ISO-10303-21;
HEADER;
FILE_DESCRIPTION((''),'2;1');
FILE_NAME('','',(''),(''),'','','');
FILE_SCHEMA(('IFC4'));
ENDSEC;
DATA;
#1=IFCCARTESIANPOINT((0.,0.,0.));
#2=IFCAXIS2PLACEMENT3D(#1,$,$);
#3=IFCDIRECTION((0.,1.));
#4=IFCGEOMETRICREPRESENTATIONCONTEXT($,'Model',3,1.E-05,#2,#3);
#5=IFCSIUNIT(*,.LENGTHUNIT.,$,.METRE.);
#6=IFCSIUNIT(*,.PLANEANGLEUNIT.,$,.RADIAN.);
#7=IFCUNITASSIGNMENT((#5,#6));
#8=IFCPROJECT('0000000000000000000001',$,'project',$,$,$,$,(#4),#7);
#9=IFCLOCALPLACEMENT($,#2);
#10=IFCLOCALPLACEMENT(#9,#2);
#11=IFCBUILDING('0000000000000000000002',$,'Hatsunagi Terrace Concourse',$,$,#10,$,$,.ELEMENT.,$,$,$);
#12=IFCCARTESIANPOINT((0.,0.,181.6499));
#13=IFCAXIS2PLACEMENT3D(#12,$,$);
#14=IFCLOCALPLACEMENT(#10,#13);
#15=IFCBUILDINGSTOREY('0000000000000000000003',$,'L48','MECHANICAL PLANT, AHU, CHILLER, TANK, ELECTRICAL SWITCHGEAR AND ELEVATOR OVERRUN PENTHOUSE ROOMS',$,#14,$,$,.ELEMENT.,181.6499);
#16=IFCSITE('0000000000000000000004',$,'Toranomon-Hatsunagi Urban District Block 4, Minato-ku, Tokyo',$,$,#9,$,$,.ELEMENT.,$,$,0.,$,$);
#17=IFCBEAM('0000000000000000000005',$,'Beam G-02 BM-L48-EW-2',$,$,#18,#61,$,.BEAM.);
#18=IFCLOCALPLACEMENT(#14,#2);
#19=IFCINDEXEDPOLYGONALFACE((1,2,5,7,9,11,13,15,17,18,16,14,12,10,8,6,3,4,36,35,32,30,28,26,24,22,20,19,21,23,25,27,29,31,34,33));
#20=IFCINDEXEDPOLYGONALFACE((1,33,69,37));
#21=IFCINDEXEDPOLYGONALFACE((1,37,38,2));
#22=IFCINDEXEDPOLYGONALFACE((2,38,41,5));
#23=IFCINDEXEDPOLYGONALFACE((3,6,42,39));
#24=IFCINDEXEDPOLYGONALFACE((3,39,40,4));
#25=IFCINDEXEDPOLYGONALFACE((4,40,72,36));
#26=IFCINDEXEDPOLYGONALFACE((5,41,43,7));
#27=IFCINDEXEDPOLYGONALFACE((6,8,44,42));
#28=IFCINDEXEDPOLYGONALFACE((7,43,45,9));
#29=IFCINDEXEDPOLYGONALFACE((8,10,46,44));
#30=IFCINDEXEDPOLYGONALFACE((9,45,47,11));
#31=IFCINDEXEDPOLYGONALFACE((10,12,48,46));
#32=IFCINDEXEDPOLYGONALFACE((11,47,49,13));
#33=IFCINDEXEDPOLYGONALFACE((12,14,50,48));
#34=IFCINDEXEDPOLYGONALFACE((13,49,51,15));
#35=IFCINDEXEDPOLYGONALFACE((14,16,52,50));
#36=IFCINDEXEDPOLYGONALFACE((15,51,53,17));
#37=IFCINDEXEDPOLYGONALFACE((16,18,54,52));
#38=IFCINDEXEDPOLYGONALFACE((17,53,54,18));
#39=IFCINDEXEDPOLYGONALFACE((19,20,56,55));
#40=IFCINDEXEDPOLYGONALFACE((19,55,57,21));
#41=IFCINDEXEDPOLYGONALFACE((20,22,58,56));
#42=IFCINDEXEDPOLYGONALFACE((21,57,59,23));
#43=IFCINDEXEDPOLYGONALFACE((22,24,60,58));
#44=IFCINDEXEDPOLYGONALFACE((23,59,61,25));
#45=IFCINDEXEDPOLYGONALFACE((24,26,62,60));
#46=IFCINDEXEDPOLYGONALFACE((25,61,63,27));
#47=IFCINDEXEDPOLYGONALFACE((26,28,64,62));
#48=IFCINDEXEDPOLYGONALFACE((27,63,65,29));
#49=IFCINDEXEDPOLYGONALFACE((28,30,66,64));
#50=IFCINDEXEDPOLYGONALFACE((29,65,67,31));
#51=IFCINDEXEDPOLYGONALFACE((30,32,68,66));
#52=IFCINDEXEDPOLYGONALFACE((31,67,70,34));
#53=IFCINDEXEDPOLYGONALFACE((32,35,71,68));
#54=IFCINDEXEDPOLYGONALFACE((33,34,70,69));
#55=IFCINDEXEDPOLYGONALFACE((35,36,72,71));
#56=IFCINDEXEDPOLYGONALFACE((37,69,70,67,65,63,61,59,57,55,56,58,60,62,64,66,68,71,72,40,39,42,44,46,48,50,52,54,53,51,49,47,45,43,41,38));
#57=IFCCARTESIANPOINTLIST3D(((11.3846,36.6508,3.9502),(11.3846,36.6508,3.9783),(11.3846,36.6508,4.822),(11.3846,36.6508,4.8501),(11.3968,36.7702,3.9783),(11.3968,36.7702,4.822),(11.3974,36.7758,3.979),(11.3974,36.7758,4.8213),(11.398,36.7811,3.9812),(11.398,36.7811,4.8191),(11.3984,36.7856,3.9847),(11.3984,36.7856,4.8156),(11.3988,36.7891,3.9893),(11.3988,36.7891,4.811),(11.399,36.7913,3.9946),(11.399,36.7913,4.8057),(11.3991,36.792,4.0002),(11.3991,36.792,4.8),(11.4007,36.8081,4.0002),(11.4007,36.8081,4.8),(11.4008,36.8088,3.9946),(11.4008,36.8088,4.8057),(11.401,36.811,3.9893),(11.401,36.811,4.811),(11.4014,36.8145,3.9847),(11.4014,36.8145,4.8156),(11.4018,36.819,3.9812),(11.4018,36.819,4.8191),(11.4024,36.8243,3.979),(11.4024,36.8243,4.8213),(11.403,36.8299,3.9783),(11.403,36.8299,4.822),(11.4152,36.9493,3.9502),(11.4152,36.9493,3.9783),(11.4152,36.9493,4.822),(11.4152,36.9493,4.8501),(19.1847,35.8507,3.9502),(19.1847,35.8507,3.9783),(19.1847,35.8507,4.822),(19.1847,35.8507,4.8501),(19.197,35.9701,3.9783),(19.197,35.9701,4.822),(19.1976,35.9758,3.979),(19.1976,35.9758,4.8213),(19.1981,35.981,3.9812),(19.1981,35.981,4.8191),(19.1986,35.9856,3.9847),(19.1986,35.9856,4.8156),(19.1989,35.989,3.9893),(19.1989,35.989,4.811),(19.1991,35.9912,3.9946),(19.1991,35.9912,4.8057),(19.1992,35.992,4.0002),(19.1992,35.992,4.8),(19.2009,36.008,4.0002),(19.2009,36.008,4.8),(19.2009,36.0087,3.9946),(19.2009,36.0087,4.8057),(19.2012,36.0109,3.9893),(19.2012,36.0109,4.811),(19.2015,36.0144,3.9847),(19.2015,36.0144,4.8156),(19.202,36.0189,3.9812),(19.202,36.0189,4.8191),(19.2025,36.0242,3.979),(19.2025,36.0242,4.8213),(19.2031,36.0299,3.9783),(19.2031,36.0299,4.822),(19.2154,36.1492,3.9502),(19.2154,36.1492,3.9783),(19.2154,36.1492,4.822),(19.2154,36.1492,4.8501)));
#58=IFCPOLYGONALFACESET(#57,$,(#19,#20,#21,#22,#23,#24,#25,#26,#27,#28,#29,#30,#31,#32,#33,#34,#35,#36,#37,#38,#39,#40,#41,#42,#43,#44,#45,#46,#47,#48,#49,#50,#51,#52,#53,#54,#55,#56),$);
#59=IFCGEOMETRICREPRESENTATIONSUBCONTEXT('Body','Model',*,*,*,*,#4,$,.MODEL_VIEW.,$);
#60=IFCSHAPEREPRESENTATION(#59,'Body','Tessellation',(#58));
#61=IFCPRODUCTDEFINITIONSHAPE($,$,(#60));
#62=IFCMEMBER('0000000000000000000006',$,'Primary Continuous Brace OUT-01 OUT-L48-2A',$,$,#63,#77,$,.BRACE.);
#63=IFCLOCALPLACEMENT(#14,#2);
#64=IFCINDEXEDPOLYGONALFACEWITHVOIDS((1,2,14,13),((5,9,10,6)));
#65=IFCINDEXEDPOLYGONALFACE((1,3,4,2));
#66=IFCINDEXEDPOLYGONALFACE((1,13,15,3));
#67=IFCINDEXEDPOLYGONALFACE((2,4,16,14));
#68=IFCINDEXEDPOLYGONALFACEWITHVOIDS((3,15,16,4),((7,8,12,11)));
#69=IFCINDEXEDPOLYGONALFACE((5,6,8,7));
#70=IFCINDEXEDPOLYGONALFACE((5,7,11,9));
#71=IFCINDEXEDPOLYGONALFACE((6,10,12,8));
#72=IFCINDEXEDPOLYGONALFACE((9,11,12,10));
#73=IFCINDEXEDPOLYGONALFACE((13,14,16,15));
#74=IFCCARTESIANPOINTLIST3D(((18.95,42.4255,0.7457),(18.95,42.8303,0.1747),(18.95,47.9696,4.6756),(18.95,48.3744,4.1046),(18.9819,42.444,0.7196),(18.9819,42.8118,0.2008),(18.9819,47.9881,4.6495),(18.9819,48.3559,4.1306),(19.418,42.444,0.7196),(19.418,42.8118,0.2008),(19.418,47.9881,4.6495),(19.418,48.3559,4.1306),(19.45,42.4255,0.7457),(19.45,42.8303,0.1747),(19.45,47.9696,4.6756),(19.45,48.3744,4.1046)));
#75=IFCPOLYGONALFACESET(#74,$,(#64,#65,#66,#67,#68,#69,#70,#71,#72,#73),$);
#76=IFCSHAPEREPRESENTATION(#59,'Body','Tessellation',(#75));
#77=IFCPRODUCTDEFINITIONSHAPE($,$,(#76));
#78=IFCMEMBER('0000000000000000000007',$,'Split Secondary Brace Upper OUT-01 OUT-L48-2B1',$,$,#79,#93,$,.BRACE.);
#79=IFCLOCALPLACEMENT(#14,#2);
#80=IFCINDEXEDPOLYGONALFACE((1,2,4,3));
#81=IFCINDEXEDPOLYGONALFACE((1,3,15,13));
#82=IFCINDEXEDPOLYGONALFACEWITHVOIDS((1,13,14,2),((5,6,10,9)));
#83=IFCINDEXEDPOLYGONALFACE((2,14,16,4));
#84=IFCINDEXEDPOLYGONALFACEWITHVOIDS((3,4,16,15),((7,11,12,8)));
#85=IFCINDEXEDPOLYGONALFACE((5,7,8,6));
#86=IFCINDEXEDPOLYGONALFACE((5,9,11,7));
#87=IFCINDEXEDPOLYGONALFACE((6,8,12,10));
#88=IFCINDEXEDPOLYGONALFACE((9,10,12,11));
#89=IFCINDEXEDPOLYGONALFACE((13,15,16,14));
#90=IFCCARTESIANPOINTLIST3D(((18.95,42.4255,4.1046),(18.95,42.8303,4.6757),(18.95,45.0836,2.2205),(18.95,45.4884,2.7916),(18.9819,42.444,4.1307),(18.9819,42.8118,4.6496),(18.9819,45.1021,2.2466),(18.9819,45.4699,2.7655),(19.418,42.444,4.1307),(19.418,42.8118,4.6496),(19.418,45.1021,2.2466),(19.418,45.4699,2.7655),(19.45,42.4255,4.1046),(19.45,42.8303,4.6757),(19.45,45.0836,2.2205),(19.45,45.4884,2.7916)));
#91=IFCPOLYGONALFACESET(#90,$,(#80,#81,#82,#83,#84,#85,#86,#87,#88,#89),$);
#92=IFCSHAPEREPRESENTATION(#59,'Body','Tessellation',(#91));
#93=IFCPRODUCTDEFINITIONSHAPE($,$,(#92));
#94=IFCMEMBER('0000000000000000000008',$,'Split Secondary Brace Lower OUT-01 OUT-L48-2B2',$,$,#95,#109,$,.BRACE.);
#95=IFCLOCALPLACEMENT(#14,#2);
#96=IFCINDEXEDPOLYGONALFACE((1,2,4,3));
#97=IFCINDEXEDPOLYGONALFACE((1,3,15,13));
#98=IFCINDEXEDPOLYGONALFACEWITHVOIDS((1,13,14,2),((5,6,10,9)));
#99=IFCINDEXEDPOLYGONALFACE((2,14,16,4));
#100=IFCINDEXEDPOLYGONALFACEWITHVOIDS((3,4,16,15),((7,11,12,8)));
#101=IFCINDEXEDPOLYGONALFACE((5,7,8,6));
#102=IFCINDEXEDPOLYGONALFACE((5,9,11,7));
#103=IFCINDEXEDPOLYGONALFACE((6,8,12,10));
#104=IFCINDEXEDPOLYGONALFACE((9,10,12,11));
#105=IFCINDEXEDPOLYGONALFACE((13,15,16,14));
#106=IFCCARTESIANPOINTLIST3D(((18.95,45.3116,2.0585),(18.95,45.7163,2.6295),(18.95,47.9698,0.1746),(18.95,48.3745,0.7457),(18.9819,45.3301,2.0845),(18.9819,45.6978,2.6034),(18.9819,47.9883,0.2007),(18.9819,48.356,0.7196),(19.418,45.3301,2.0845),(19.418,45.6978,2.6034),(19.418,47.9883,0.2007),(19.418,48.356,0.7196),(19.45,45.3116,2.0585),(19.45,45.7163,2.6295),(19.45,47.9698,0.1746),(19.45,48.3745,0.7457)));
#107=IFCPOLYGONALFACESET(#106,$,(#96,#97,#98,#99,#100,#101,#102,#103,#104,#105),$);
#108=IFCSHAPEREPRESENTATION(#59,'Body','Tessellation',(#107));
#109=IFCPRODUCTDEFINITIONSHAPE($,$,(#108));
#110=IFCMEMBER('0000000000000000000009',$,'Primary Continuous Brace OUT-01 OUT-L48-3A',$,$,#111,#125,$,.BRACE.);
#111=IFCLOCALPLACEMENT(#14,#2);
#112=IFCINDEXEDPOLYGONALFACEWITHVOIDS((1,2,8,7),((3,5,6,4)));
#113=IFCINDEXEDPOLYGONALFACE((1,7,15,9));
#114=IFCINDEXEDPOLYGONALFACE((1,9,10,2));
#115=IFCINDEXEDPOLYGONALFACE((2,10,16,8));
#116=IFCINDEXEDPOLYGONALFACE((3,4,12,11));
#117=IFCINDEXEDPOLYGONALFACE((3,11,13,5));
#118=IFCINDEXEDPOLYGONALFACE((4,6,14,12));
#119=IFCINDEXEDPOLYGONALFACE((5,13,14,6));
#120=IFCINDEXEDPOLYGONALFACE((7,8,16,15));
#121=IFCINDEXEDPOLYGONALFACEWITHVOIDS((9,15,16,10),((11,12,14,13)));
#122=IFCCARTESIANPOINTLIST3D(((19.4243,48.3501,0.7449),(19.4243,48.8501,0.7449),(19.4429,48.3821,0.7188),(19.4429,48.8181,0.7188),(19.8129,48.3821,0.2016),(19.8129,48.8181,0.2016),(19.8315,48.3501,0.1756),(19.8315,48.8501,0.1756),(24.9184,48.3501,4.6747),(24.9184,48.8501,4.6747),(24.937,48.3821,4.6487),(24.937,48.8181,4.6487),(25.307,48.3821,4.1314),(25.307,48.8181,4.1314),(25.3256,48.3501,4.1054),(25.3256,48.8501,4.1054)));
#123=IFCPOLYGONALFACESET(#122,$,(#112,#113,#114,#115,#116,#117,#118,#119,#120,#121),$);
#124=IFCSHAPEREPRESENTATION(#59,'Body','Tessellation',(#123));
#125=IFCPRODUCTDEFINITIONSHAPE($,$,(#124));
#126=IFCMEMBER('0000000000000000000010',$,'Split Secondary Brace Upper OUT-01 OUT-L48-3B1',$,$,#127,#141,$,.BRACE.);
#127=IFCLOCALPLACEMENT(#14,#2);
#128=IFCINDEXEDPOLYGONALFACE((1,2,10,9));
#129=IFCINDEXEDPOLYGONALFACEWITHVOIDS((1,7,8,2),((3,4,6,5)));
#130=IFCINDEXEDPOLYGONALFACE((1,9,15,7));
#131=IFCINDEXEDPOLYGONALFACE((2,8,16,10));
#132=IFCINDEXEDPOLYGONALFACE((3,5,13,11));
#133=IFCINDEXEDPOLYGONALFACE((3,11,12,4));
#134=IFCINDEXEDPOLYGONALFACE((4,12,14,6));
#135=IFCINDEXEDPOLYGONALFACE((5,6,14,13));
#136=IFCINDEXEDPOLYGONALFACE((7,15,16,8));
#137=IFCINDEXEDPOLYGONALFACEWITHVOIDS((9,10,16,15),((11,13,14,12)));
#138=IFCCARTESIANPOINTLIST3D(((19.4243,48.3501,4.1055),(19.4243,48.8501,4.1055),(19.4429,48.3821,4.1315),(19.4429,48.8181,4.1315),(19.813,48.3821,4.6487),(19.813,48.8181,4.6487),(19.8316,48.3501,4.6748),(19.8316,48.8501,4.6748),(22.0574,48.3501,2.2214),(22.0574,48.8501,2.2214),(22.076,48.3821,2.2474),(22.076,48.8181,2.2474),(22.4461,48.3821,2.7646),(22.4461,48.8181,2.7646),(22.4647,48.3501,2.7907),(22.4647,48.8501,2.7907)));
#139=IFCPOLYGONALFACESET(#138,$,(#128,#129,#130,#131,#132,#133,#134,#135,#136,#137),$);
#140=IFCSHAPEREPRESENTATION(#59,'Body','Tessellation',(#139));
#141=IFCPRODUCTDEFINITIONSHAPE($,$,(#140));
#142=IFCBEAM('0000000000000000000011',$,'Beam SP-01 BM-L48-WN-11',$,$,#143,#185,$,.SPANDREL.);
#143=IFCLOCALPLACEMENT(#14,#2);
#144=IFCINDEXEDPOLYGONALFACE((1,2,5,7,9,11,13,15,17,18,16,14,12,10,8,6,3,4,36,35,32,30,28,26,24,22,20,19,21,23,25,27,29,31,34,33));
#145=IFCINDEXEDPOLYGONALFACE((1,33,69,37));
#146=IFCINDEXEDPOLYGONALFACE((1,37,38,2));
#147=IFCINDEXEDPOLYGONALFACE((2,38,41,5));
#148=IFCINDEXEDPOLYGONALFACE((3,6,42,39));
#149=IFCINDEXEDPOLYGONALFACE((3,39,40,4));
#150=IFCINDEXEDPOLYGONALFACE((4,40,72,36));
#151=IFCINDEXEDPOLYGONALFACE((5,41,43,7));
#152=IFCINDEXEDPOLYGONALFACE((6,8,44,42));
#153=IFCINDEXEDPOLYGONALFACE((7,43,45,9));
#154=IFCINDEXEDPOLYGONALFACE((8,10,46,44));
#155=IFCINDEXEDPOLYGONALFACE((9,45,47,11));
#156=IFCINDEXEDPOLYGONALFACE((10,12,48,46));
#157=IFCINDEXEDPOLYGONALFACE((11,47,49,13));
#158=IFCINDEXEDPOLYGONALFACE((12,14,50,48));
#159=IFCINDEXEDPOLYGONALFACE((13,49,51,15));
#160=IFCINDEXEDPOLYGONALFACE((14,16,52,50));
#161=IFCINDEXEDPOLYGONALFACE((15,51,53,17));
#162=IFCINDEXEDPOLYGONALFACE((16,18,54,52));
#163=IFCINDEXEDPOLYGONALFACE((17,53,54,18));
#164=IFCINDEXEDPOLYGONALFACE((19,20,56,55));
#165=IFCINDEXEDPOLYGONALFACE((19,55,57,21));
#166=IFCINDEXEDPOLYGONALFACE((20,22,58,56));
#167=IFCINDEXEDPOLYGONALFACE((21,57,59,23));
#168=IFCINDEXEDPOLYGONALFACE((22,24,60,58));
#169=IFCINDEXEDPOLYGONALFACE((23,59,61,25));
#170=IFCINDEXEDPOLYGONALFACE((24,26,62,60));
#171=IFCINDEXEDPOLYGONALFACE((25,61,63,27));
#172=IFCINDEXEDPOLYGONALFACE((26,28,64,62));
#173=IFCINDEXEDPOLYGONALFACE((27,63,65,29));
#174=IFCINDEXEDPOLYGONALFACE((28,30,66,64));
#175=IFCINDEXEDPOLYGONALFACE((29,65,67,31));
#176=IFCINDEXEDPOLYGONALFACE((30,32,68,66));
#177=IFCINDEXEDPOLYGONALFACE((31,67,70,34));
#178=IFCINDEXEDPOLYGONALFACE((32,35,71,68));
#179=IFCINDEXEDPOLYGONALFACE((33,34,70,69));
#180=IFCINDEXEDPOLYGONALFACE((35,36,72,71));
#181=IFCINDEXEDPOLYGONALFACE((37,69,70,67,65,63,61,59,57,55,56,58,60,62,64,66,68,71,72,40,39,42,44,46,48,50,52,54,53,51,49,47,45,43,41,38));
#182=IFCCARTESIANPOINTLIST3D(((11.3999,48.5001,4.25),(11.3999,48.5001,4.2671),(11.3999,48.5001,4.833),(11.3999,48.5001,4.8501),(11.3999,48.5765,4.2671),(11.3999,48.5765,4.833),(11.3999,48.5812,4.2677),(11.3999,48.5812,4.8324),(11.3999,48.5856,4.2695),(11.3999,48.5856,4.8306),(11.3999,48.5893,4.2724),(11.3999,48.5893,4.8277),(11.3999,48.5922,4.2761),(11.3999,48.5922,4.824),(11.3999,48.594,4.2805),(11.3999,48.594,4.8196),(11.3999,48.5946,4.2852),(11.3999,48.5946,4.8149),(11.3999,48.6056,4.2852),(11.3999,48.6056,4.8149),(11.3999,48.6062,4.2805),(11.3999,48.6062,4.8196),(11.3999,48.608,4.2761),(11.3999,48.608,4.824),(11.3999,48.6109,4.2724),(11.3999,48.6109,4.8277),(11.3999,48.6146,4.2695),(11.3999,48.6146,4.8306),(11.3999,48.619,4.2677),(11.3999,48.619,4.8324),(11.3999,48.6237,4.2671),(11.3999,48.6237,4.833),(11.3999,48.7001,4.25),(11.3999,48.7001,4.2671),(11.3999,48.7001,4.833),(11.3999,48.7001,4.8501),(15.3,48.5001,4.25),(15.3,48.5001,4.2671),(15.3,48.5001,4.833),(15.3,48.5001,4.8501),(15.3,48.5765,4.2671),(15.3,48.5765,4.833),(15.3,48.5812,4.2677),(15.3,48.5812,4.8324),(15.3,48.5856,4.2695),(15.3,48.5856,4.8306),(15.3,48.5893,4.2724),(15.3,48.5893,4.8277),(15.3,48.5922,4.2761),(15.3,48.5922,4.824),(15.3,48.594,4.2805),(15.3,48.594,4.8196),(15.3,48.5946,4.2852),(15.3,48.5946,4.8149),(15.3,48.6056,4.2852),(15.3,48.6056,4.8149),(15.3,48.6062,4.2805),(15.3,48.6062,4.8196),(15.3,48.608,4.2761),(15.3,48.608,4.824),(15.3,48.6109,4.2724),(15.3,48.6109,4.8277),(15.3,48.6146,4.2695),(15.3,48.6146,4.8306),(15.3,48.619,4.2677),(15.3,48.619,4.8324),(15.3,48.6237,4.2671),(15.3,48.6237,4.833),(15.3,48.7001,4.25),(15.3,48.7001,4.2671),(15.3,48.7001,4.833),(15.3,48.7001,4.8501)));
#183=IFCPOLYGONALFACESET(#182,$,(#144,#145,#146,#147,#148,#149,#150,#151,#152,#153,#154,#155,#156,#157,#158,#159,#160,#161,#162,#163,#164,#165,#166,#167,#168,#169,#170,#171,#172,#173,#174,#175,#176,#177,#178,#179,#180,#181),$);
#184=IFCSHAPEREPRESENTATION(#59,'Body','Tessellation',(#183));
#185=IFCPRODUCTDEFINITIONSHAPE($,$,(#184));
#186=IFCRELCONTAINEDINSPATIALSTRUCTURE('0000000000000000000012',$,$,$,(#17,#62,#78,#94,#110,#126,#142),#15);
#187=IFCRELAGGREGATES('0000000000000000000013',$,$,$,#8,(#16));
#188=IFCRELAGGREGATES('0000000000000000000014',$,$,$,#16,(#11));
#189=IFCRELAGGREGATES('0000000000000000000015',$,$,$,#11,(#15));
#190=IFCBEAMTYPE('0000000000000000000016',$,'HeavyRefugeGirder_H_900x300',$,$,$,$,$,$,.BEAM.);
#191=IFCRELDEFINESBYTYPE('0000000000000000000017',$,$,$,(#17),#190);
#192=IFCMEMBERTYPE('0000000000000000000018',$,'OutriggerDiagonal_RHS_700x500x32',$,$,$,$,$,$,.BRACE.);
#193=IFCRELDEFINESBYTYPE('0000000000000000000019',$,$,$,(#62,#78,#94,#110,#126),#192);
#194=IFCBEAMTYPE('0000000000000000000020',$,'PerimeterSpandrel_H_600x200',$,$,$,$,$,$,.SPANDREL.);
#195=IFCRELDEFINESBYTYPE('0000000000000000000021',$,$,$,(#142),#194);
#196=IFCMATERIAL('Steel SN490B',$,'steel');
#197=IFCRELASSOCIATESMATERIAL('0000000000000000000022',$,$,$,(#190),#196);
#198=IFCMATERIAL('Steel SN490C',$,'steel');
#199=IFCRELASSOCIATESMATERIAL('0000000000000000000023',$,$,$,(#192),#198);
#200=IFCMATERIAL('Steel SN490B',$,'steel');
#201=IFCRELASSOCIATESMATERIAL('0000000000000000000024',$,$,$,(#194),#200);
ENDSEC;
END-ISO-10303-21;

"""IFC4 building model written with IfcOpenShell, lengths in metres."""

from ifc_helpers import new_model, si_unit, direction, frame, origin, origin_2d, place, context, subcontext, project, spatial, hollow_rectangle, i_section, extrude, material, material_profile, profile_set, type_object, element, save


model = new_model("IFC4")

# Units and contexts
model_context = context("Model", 3, precision=1e-05, world=origin(), true_north=direction((0.0, 1.0)))
body_context = subcontext(model_context, "Body", "Model", "MODEL_VIEW")
ifc_project = project(units=[si_unit("LENGTHUNIT", "METRE"), si_unit("PLANEANGLEUNIT", "RADIAN")], contexts=[model_context])

# Site, building, storey
site_placement = place(None, origin())
site = spatial("IfcSite", under=ifc_project, at=site_placement, Name="Toranomon-Hatsunagi Urban District Block 4, Minato-ku, Tokyo", CompositionType="ELEMENT", RefElevation=0.0)
building_placement = place(site_placement, origin())
building = spatial("IfcBuilding", under=site, at=building_placement, Name="Hatsunagi Terrace Concourse", CompositionType="ELEMENT")
storey_placement = place(building_placement, frame((0.0, 0.0, 181.6499)))
storey = spatial("IfcBuildingStorey", under=building, at=storey_placement, Name="L48", Description="MECHANICAL PLANT, AHU, CHILLER, TANK, ELECTRICAL SWITCHGEAR AND ELEVATOR OVERRUN PENTHOUSE ROOMS", CompositionType="ELEMENT", Elevation=181.6499)

# Beam
ifc_material_1 = material(Name="Steel SN490B", Category="steel")
ifc_material_profile_1 = material_profile(ifc_material_1, i_section(OverallWidth=0.3, OverallDepth=0.8999, WebThickness=0.0161, FlangeThickness=0.0281, FilletRadius=0.022, at=origin_2d()), Name="H-900x300x16x28")
ifc_profile_set_1 = profile_set([ifc_material_profile_1], Name="Steel SN490B")
beam_type_1 = type_object("IfcBeamType", Name="HeavyRefugeGirder_H_900x300", PredefinedType="BEAM", material=ifc_profile_set_1)
beam_1_placement = place(storey_placement, frame((11.3999, 36.8, 4.4001), z_axis=(0.994781, -0.102034, 0.0), x_axis=(0.102034, 0.994781, 0.0)))
element("IfcBeam", 1, at=beam_1_placement, inside=storey, type_object=beam_type_1, Name="Beam G-02 BM-L48-EW-2", PredefinedType="BEAM", context=body_context, shape_type="SweptSolid", body=[
    extrude(i_section(OverallWidth=0.3, OverallDepth=0.8999, WebThickness=0.0161, FlangeThickness=0.0281, FilletRadius=0.022, at=origin_2d()), origin(), (0.0, 0.0, 1.0), 7.8411),
])

# Members
ifc_material_2 = material(Name="Steel SN490C", Category="steel")
ifc_material_profile_2 = material_profile(ifc_material_2, hollow_rectangle(XDim=0.5, YDim=0.7, WallThickness=0.032, at=origin_2d()), Name="RHS-700x500x32")
ifc_profile_set_2 = profile_set([ifc_material_profile_2], Name="Steel SN490C")
member_type_1 = type_object("IfcMemberType", Name="OutriggerDiagonal_RHS_700x500x32", PredefinedType="BRACE", material=ifc_profile_set_2)
member_1_placement = place(storey_placement, frame((19.2, 42.6279, 0.4602), z_axis=(0.0, 0.81583, 0.578291), x_axis=(-1.0, 0.0, 0.0)))
element("IfcMember", 2, at=member_1_placement, inside=storey, type_object=member_type_1, Name="Primary Continuous Brace OUT-01 OUT-L48-2A", PredefinedType="BRACE", context=body_context, shape_type="SweptSolid", body=[
    extrude(hollow_rectangle(XDim=0.5, YDim=0.7, WallThickness=0.032, at=origin_2d()), origin(), (0.0, 0.0, 1.0), 6.7957),
])
for number, where, z_axis, x_axis, name in (
    (3, (19.2, 42.6279, 4.3901), (0.0, 0.815834, -0.578286), (-1.0, 0.0, 0.0), "Split Secondary Brace Upper OUT-01 OUT-L48-2B1"),
    (4, (19.2, 45.5139, 2.344), (0.0, 0.815895, -0.5782), (-1.0, 0.0, 0.0), "Split Secondary Brace Lower OUT-01 OUT-L48-2B2"),
):
    element("IfcMember", number, at=place(storey_placement, frame(where, z_axis=z_axis, x_axis=x_axis)), inside=storey, type_object=member_type_1, Name=name, PredefinedType="BRACE", context=body_context, shape_type="SweptSolid", body=[
        extrude(hollow_rectangle(XDim=0.5, YDim=0.7, WallThickness=0.032, at=origin_2d()), origin(), (0.0, 0.0, 1.0), 3.2581),
    ])
member_2_placement = place(storey_placement, frame((19.6279, 48.6001, 0.4602), z_axis=(0.813345, 0.0, 0.581782), x_axis=(0.0, 1.0, 0.0)))
element("IfcMember", 5, at=member_2_placement, inside=storey, type_object=member_type_1, Name="Primary Continuous Brace OUT-01 OUT-L48-3A", PredefinedType="BRACE", context=body_context, shape_type="SweptSolid", body=[
    extrude(hollow_rectangle(XDim=0.5, YDim=0.7, WallThickness=0.032, at=origin_2d()), origin(), (0.0, 0.0, 1.0), 6.7549),
])
member_3_placement = place(storey_placement, frame((19.6279, 48.6001, 4.3901), z_axis=(0.813254, 0.0, -0.581908), x_axis=(0.0, 1.0, 0.0)))
element("IfcMember", 6, at=member_3_placement, inside=storey, type_object=member_type_1, Name="Split Secondary Brace Upper OUT-01 OUT-L48-3B1", PredefinedType="BRACE", context=body_context, shape_type="SweptSolid", body=[
    extrude(hollow_rectangle(XDim=0.5, YDim=0.7, WallThickness=0.032, at=origin_2d()), origin(), (0.0, 0.0, 1.0), 3.2378),
])

# Beam
ifc_material_3 = material(Name="Steel SN490B", Category="steel")
ifc_material_profile_3 = material_profile(ifc_material_3, i_section(OverallWidth=0.2, OverallDepth=0.6001, WebThickness=0.011, FlangeThickness=0.0171, FilletRadius=0.0181, at=origin_2d()), Name="H-600x200x11x17")
ifc_profile_set_3 = profile_set([ifc_material_profile_3], Name="Steel SN490B")
beam_type_2 = type_object("IfcBeamType", Name="PerimeterSpandrel_H_600x200", PredefinedType="SPANDREL", material=ifc_profile_set_3)
beam_2_placement = place(storey_placement, frame((11.3999, 48.6001, 4.55), z_axis=(1.0, 0.0, 0.0), x_axis=(0.0, 1.0, 0.0)))
element("IfcBeam", 7, at=beam_2_placement, inside=storey, type_object=beam_type_2, Name="Beam SP-01 BM-L48-WN-11", PredefinedType="SPANDREL", context=body_context, shape_type="SweptSolid", body=[
    extrude(i_section(OverallWidth=0.2, OverallDepth=0.6001, WebThickness=0.011, FlangeThickness=0.0171, FilletRadius=0.0181, at=origin_2d()), origin(), (0.0, 0.0, 1.0), 3.9001),
])

save(model, "model.ifc")
